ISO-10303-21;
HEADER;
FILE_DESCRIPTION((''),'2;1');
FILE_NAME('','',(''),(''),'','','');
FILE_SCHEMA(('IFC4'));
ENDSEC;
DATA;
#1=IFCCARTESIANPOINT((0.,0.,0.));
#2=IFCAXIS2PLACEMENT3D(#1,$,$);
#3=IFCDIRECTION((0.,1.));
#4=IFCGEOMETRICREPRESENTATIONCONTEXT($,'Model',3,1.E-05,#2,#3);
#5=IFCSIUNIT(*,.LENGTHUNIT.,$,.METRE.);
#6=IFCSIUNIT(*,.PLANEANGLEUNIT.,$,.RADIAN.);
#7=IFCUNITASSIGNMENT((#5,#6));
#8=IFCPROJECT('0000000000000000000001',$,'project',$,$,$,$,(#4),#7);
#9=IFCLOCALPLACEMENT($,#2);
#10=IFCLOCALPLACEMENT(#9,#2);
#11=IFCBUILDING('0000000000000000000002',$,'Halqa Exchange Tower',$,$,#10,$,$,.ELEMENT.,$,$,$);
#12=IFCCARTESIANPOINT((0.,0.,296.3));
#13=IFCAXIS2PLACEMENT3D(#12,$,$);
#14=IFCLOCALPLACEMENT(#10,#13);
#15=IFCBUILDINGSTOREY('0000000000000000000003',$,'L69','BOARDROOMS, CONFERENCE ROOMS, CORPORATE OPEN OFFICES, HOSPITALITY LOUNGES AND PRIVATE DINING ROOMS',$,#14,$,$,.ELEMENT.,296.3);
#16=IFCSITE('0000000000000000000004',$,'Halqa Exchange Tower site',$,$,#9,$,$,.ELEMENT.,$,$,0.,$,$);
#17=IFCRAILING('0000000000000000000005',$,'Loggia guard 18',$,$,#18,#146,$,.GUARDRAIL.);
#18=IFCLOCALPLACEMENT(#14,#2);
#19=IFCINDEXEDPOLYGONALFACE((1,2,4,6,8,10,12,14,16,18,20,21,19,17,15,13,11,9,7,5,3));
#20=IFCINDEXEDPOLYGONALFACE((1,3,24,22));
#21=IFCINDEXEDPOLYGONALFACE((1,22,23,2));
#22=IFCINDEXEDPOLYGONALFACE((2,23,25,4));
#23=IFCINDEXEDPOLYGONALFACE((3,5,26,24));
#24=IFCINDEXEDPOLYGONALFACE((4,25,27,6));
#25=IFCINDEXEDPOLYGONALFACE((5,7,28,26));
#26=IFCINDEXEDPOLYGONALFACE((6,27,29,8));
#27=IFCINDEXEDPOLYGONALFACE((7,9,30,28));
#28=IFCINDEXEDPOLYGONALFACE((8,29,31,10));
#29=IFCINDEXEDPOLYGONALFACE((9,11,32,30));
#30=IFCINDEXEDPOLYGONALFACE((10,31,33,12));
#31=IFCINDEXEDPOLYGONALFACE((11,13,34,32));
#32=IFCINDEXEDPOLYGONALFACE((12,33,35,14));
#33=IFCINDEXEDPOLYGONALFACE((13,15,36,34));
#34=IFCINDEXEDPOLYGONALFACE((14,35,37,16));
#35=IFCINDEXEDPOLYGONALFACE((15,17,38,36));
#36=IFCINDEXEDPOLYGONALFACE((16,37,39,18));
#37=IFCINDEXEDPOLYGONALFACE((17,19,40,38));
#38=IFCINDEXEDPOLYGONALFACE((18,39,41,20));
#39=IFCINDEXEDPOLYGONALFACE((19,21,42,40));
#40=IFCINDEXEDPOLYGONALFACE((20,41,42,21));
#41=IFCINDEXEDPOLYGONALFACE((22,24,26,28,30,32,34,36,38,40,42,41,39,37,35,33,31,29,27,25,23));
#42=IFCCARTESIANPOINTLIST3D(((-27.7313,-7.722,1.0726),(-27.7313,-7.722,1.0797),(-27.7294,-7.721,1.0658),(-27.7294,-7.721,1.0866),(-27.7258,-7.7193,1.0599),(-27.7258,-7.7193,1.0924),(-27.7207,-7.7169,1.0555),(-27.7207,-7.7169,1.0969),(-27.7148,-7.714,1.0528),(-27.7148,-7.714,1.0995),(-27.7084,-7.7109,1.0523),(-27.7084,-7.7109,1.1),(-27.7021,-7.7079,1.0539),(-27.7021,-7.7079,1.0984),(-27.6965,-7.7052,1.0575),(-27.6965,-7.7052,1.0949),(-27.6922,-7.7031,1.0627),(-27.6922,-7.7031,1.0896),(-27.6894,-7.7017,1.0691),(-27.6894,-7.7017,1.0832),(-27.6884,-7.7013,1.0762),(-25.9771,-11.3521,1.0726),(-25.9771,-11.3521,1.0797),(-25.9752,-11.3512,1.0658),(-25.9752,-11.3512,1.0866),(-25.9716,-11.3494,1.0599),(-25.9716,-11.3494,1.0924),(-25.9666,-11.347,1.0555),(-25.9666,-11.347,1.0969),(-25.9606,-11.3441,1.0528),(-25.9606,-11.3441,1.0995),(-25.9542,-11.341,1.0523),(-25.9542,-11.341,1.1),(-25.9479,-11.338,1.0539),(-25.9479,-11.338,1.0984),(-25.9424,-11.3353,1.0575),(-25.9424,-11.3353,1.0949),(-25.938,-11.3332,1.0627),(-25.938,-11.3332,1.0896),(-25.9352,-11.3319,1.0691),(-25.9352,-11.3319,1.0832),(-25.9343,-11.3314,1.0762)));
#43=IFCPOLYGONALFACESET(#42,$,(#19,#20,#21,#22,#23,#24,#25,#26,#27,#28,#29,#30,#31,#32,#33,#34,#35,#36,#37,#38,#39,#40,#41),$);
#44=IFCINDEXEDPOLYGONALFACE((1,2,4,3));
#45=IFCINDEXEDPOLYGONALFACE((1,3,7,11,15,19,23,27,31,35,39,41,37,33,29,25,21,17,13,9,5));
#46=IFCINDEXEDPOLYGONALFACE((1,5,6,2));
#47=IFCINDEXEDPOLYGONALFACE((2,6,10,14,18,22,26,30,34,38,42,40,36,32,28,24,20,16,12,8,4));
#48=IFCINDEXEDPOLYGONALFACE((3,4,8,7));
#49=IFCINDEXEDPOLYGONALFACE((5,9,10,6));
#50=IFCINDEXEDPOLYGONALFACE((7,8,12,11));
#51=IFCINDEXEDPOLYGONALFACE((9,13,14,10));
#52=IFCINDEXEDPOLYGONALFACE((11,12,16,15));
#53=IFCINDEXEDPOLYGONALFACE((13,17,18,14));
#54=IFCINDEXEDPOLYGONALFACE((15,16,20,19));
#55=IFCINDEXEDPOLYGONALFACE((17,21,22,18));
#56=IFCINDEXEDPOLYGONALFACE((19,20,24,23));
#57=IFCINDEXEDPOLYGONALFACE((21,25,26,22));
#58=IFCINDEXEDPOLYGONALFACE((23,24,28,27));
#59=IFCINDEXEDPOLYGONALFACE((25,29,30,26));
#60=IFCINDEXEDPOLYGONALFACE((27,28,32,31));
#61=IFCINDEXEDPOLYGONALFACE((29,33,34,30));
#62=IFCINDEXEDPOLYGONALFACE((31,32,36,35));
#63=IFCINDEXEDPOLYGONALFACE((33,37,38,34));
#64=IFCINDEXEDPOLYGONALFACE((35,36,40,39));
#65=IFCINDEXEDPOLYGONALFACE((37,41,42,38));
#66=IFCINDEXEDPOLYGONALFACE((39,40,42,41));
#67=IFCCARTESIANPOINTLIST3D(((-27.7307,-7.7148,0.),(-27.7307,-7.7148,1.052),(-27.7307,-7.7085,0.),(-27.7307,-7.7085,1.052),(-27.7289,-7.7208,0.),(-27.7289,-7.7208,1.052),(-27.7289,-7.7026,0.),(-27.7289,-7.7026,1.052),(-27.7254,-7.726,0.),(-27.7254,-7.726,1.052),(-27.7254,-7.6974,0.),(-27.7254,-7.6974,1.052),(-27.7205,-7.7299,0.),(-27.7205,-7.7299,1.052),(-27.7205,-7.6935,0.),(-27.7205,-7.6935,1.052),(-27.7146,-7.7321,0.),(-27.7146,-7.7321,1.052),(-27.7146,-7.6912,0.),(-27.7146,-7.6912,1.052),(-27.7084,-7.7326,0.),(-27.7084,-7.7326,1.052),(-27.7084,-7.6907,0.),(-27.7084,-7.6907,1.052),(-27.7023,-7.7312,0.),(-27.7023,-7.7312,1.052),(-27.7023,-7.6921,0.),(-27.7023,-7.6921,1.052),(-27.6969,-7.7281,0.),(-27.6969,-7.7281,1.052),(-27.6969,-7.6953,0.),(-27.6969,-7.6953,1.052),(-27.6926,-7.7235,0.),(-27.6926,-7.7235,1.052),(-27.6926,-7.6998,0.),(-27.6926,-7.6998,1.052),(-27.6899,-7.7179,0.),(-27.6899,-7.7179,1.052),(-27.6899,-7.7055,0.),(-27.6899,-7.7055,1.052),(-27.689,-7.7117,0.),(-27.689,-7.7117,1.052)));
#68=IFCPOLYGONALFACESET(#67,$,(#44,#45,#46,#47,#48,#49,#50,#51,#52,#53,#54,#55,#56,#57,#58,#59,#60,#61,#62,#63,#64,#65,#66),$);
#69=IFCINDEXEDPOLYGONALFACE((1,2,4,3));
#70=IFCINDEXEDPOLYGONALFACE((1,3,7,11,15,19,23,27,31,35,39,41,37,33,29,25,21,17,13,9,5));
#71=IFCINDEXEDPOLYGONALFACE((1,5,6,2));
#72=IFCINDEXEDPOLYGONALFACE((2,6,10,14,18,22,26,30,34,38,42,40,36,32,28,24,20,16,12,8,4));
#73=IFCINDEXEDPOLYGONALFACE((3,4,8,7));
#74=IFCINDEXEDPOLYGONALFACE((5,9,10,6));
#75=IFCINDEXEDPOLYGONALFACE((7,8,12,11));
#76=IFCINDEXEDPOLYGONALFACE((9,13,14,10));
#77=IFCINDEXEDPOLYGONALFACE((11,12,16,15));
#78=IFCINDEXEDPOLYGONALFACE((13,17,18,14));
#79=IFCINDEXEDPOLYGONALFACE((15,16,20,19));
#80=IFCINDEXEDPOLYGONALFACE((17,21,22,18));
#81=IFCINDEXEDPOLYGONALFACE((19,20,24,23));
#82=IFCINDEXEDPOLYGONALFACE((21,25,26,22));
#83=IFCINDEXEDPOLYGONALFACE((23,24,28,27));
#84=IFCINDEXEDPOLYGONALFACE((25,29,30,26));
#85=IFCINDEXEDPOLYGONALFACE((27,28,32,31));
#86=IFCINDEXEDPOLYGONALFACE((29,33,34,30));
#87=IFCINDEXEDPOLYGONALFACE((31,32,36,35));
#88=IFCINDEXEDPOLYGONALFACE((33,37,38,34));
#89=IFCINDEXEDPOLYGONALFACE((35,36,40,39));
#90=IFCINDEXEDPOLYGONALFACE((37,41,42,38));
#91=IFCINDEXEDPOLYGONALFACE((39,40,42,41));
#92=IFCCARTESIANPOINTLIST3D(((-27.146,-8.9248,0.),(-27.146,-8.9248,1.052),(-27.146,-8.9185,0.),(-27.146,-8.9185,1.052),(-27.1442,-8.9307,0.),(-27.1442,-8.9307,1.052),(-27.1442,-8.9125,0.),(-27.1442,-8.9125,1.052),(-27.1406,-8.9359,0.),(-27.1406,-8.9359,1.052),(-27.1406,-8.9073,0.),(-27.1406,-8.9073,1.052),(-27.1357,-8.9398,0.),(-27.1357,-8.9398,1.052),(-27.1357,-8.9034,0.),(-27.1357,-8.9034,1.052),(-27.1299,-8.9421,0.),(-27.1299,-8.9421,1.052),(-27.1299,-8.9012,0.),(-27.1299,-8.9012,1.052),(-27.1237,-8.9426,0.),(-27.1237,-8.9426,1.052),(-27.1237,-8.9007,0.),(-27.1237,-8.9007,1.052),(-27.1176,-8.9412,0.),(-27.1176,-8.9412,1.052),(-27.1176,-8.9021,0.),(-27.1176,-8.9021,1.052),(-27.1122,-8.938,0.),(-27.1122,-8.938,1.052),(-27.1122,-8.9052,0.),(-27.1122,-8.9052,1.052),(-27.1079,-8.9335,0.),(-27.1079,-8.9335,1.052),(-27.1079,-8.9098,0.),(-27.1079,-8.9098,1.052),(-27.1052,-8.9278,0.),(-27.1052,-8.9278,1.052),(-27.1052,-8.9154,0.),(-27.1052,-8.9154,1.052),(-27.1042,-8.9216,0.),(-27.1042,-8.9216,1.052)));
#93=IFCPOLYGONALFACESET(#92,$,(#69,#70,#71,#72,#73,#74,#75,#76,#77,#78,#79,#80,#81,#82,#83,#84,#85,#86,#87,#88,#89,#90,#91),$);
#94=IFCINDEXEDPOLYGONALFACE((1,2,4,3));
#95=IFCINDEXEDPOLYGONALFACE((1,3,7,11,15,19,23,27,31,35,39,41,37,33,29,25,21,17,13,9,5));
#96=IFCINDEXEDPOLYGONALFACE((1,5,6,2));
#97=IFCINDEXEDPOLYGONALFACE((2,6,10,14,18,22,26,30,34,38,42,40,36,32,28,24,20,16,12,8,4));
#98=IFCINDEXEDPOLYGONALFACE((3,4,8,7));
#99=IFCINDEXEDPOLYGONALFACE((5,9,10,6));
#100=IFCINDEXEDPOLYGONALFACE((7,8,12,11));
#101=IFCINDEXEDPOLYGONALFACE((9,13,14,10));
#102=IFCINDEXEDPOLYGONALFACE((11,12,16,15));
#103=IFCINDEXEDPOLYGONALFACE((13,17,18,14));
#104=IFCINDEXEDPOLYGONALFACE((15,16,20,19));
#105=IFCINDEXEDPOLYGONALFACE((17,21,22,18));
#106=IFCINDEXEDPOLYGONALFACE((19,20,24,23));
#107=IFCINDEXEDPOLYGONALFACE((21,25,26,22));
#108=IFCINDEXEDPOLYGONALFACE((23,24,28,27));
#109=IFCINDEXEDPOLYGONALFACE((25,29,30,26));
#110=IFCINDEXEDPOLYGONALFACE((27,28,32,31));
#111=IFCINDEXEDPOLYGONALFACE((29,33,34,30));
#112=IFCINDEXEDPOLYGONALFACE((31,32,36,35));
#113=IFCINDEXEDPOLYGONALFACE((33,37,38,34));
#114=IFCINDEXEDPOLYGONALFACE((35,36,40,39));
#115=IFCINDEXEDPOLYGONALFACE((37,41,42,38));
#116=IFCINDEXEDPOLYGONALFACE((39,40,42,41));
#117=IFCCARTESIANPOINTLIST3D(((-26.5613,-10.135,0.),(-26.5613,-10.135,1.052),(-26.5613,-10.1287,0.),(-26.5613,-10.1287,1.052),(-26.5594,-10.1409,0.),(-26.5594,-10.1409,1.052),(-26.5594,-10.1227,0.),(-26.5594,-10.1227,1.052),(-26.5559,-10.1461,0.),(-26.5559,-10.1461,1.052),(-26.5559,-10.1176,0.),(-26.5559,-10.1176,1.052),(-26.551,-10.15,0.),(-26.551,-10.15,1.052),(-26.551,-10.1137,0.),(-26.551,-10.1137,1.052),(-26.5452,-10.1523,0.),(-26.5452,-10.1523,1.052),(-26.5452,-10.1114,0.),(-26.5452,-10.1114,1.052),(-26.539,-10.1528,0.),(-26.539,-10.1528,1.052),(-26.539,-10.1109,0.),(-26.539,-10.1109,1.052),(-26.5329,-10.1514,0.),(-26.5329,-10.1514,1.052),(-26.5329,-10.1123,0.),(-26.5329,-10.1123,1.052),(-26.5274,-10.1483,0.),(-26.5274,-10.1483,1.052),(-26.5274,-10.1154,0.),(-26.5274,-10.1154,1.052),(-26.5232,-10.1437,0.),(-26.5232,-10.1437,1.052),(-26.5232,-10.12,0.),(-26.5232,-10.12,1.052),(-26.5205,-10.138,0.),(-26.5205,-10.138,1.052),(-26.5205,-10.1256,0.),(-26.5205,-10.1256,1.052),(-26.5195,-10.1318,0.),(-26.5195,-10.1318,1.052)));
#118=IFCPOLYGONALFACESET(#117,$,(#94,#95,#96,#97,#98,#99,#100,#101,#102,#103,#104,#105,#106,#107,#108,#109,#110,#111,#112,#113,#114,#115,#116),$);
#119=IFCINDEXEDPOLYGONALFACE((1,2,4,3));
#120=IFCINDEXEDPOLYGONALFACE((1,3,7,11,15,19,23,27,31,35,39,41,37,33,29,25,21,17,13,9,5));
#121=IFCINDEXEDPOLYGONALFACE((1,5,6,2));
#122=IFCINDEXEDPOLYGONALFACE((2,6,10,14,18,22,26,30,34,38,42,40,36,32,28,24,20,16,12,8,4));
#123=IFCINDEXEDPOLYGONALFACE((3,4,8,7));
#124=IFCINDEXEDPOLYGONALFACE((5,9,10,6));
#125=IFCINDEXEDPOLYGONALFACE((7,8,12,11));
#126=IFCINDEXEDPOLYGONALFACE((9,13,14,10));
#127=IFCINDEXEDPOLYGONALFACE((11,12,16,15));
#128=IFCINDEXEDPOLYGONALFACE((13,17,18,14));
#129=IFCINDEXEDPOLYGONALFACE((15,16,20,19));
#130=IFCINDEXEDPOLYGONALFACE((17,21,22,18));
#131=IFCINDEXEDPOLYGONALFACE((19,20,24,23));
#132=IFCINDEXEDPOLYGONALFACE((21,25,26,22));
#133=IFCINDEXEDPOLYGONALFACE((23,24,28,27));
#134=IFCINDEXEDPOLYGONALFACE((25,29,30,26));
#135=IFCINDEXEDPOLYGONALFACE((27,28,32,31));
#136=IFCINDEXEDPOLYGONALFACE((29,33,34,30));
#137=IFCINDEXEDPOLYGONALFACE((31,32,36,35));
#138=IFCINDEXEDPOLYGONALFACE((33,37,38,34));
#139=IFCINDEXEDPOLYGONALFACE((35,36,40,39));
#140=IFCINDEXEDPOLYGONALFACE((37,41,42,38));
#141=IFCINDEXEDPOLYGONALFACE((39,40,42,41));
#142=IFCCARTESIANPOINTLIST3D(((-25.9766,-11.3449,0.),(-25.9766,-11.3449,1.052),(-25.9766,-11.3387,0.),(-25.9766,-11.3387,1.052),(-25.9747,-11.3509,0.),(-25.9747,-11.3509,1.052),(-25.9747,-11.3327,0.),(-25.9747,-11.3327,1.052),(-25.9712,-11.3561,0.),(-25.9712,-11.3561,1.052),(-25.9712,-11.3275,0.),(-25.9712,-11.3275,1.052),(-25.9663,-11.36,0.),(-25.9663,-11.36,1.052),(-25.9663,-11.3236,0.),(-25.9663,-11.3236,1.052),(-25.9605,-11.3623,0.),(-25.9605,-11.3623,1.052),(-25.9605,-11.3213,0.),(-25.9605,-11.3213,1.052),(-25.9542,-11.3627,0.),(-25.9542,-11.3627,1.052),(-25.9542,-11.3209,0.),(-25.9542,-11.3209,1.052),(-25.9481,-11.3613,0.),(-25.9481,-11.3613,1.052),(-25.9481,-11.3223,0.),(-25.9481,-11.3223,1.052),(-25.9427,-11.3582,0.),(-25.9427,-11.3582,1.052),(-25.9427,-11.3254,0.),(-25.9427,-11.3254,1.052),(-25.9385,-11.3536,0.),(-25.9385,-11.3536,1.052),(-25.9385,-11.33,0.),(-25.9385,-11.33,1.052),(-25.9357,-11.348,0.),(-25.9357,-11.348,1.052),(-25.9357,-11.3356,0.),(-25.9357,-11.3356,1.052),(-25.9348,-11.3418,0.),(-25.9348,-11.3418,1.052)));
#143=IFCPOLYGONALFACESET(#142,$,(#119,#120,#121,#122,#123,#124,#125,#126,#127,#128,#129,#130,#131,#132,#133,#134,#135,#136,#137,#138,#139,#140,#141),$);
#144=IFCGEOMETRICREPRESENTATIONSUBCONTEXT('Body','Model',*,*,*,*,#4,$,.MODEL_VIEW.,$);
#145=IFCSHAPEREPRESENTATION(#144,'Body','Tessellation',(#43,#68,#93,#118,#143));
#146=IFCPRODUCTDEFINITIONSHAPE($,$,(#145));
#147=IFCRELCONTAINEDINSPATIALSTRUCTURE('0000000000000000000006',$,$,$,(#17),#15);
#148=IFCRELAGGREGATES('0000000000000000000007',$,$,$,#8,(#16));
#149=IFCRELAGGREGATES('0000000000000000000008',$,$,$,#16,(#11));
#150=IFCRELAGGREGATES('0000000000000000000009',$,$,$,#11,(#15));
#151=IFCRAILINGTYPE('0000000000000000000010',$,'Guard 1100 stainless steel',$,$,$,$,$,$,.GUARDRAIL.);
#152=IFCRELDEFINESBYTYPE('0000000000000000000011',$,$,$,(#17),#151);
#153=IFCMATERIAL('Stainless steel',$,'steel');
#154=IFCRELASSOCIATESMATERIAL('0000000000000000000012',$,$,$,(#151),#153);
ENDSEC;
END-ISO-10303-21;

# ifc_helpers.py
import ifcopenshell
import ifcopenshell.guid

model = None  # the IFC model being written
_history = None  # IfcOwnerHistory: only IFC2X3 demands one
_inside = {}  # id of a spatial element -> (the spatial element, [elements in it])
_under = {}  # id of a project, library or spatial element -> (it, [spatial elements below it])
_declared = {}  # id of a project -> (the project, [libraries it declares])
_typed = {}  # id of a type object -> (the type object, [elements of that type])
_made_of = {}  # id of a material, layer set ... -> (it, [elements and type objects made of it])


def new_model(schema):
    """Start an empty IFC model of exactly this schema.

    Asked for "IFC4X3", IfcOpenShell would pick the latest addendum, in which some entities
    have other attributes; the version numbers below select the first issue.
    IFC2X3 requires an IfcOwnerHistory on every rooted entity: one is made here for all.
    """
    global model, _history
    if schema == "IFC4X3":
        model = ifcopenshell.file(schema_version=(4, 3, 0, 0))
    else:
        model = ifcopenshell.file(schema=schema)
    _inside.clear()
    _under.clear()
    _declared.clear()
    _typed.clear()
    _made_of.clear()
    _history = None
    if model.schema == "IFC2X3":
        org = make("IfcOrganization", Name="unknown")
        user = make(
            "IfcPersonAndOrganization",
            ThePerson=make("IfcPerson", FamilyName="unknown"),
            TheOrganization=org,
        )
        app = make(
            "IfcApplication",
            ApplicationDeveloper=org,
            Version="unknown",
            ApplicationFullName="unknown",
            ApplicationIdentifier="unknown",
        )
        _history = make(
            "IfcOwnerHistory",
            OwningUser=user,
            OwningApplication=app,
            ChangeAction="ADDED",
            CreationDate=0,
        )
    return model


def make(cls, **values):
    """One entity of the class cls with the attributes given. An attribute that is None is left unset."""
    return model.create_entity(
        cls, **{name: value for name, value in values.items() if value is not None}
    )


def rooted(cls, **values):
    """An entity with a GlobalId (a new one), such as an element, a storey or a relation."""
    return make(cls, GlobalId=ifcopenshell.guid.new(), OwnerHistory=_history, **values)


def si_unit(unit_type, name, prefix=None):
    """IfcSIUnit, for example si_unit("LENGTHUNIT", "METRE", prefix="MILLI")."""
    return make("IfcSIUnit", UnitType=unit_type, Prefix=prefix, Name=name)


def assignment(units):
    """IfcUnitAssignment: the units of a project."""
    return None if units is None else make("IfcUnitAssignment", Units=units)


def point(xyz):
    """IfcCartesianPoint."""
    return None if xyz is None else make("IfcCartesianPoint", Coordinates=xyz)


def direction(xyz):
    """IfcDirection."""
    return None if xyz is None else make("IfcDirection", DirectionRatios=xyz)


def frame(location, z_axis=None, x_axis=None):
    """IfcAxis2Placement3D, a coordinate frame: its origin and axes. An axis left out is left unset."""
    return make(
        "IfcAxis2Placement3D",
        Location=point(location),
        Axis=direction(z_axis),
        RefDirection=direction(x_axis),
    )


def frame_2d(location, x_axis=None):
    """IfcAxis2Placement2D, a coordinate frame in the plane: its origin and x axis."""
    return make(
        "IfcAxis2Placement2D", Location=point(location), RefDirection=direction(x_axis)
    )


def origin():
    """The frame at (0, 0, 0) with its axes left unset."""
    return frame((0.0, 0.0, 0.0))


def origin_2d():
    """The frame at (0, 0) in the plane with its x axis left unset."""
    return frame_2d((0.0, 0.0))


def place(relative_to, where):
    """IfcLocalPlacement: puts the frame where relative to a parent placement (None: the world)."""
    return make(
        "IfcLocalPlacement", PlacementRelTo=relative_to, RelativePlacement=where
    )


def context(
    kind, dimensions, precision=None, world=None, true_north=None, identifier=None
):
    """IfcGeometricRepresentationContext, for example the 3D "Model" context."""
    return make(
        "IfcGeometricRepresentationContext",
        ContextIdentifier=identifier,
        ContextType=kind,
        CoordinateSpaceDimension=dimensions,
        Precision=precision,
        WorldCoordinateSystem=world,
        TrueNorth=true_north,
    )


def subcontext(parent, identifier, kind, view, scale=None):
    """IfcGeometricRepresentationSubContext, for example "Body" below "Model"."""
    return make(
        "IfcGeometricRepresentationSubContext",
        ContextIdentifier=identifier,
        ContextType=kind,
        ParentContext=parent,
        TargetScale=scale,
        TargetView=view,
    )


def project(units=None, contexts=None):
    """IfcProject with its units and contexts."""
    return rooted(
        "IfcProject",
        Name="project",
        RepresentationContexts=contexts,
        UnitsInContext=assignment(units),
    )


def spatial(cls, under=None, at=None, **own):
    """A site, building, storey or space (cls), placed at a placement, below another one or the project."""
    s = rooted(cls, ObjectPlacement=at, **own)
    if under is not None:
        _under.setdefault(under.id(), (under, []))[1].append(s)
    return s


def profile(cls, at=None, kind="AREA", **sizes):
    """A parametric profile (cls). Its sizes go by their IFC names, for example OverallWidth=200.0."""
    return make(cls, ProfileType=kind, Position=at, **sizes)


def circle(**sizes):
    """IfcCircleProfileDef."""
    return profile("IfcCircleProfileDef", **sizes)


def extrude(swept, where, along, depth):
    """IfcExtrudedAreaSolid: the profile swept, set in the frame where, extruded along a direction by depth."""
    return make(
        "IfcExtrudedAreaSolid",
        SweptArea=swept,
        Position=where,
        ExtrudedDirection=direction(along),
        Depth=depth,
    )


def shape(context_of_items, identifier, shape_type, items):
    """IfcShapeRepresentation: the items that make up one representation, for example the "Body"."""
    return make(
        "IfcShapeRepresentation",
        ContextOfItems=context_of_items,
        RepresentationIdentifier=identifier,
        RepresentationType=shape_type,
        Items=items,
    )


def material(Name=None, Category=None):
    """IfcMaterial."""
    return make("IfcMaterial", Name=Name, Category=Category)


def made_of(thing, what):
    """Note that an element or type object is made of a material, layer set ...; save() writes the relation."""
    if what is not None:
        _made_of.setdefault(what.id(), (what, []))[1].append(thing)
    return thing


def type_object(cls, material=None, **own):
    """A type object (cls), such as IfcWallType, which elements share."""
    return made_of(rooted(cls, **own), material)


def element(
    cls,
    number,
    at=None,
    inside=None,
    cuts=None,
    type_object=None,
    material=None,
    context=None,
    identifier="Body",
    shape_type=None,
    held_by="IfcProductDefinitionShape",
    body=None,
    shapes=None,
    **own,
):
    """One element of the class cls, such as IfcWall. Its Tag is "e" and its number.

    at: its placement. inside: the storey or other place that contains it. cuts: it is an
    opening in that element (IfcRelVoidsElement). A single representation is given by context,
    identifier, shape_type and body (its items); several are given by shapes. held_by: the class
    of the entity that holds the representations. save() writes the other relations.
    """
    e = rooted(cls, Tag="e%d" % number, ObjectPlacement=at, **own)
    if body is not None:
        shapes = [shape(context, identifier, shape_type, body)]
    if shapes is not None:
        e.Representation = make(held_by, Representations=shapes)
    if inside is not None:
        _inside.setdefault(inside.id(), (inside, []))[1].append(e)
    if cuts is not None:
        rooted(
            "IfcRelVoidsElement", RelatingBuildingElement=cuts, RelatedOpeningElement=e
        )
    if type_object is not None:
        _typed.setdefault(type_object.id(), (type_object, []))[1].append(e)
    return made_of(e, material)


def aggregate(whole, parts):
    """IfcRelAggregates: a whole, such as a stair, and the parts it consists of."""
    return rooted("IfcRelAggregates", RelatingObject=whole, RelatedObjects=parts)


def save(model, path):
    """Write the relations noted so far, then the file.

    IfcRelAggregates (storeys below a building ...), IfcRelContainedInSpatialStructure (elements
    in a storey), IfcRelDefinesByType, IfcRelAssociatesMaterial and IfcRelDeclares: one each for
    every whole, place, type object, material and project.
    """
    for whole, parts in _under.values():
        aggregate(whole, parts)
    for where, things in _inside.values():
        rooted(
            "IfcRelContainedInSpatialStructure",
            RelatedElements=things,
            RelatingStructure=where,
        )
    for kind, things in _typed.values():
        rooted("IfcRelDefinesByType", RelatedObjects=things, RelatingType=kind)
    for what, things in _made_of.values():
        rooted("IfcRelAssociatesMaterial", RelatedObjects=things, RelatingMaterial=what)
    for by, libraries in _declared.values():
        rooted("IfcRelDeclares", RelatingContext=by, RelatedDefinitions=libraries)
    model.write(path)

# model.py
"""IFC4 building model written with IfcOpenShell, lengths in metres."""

from ifc_helpers import new_model, si_unit, direction, frame, origin, origin_2d, place, context, subcontext, project, spatial, circle, extrude, material, type_object, element, save


model = new_model("IFC4")

# Units and contexts
model_context = context("Model", 3, precision=1e-05, world=origin(), true_north=direction((0.0, 1.0)))
body_context = subcontext(model_context, "Body", "Model", "MODEL_VIEW")
ifc_project = project(units=[si_unit("LENGTHUNIT", "METRE"), si_unit("PLANEANGLEUNIT", "RADIAN")], contexts=[model_context])

# Site, building, storey
site_placement = place(None, origin())
site = spatial("IfcSite", under=ifc_project, at=site_placement, Name="Halqa Exchange Tower site", CompositionType="ELEMENT", RefElevation=0.0)
building_placement = place(site_placement, origin())
building = spatial("IfcBuilding", under=site, at=building_placement, Name="Halqa Exchange Tower", CompositionType="ELEMENT")
storey_placement = place(building_placement, frame((0.0, 0.0, 296.3)))
storey = spatial("IfcBuildingStorey", under=building, at=storey_placement, Name="L69", Description="BOARDROOMS, CONFERENCE ROOMS, CORPORATE OPEN OFFICES, HOSPITALITY LOUNGES AND PRIVATE DINING ROOMS", CompositionType="ELEMENT", Elevation=296.3)

# Railing
ifc_material_1 = material(Name="Stainless steel", Category="steel")
railing_type = type_object("IfcRailingType", Name="Guard 1100 stainless steel", PredefinedType="GUARDRAIL", material=ifc_material_1)
railing_1_placement = place(storey_placement, frame((-27.71, -7.7117, 0.0)))
element("IfcRailing", 1, at=railing_1_placement, inside=storey, type_object=railing_type, Name="Loggia guard 18", PredefinedType="GUARDRAIL", context=body_context, shape_type="SweptSolid", body=[
    extrude(circle(Radius=0.0239, at=origin_2d()), frame((0.0, 0.0, 1.0762), z_axis=(0.435086, -0.900389, 0.0), x_axis=(0.900389, 0.435086, 0.0)), (0.0, 0.0, 1.0), 4.0317),
    extrude(circle(Radius=0.021, at=origin_2d()), origin(), (0.0, 0.0, 1.0), 1.052),
    extrude(circle(Radius=0.021, at=origin_2d()), frame((0.5847, -1.21, 0.0)), (0.0, 0.0, 1.0), 1.052),
    extrude(circle(Radius=0.021, at=origin_2d()), frame((1.1694, -2.4202, 0.0)), (0.0, 0.0, 1.0), 1.052),
    extrude(circle(Radius=0.021, at=origin_2d()), frame((1.7542, -3.6301, 0.0)), (0.0, 0.0, 1.0), 1.052),
])

save(model, "model.ifc")
